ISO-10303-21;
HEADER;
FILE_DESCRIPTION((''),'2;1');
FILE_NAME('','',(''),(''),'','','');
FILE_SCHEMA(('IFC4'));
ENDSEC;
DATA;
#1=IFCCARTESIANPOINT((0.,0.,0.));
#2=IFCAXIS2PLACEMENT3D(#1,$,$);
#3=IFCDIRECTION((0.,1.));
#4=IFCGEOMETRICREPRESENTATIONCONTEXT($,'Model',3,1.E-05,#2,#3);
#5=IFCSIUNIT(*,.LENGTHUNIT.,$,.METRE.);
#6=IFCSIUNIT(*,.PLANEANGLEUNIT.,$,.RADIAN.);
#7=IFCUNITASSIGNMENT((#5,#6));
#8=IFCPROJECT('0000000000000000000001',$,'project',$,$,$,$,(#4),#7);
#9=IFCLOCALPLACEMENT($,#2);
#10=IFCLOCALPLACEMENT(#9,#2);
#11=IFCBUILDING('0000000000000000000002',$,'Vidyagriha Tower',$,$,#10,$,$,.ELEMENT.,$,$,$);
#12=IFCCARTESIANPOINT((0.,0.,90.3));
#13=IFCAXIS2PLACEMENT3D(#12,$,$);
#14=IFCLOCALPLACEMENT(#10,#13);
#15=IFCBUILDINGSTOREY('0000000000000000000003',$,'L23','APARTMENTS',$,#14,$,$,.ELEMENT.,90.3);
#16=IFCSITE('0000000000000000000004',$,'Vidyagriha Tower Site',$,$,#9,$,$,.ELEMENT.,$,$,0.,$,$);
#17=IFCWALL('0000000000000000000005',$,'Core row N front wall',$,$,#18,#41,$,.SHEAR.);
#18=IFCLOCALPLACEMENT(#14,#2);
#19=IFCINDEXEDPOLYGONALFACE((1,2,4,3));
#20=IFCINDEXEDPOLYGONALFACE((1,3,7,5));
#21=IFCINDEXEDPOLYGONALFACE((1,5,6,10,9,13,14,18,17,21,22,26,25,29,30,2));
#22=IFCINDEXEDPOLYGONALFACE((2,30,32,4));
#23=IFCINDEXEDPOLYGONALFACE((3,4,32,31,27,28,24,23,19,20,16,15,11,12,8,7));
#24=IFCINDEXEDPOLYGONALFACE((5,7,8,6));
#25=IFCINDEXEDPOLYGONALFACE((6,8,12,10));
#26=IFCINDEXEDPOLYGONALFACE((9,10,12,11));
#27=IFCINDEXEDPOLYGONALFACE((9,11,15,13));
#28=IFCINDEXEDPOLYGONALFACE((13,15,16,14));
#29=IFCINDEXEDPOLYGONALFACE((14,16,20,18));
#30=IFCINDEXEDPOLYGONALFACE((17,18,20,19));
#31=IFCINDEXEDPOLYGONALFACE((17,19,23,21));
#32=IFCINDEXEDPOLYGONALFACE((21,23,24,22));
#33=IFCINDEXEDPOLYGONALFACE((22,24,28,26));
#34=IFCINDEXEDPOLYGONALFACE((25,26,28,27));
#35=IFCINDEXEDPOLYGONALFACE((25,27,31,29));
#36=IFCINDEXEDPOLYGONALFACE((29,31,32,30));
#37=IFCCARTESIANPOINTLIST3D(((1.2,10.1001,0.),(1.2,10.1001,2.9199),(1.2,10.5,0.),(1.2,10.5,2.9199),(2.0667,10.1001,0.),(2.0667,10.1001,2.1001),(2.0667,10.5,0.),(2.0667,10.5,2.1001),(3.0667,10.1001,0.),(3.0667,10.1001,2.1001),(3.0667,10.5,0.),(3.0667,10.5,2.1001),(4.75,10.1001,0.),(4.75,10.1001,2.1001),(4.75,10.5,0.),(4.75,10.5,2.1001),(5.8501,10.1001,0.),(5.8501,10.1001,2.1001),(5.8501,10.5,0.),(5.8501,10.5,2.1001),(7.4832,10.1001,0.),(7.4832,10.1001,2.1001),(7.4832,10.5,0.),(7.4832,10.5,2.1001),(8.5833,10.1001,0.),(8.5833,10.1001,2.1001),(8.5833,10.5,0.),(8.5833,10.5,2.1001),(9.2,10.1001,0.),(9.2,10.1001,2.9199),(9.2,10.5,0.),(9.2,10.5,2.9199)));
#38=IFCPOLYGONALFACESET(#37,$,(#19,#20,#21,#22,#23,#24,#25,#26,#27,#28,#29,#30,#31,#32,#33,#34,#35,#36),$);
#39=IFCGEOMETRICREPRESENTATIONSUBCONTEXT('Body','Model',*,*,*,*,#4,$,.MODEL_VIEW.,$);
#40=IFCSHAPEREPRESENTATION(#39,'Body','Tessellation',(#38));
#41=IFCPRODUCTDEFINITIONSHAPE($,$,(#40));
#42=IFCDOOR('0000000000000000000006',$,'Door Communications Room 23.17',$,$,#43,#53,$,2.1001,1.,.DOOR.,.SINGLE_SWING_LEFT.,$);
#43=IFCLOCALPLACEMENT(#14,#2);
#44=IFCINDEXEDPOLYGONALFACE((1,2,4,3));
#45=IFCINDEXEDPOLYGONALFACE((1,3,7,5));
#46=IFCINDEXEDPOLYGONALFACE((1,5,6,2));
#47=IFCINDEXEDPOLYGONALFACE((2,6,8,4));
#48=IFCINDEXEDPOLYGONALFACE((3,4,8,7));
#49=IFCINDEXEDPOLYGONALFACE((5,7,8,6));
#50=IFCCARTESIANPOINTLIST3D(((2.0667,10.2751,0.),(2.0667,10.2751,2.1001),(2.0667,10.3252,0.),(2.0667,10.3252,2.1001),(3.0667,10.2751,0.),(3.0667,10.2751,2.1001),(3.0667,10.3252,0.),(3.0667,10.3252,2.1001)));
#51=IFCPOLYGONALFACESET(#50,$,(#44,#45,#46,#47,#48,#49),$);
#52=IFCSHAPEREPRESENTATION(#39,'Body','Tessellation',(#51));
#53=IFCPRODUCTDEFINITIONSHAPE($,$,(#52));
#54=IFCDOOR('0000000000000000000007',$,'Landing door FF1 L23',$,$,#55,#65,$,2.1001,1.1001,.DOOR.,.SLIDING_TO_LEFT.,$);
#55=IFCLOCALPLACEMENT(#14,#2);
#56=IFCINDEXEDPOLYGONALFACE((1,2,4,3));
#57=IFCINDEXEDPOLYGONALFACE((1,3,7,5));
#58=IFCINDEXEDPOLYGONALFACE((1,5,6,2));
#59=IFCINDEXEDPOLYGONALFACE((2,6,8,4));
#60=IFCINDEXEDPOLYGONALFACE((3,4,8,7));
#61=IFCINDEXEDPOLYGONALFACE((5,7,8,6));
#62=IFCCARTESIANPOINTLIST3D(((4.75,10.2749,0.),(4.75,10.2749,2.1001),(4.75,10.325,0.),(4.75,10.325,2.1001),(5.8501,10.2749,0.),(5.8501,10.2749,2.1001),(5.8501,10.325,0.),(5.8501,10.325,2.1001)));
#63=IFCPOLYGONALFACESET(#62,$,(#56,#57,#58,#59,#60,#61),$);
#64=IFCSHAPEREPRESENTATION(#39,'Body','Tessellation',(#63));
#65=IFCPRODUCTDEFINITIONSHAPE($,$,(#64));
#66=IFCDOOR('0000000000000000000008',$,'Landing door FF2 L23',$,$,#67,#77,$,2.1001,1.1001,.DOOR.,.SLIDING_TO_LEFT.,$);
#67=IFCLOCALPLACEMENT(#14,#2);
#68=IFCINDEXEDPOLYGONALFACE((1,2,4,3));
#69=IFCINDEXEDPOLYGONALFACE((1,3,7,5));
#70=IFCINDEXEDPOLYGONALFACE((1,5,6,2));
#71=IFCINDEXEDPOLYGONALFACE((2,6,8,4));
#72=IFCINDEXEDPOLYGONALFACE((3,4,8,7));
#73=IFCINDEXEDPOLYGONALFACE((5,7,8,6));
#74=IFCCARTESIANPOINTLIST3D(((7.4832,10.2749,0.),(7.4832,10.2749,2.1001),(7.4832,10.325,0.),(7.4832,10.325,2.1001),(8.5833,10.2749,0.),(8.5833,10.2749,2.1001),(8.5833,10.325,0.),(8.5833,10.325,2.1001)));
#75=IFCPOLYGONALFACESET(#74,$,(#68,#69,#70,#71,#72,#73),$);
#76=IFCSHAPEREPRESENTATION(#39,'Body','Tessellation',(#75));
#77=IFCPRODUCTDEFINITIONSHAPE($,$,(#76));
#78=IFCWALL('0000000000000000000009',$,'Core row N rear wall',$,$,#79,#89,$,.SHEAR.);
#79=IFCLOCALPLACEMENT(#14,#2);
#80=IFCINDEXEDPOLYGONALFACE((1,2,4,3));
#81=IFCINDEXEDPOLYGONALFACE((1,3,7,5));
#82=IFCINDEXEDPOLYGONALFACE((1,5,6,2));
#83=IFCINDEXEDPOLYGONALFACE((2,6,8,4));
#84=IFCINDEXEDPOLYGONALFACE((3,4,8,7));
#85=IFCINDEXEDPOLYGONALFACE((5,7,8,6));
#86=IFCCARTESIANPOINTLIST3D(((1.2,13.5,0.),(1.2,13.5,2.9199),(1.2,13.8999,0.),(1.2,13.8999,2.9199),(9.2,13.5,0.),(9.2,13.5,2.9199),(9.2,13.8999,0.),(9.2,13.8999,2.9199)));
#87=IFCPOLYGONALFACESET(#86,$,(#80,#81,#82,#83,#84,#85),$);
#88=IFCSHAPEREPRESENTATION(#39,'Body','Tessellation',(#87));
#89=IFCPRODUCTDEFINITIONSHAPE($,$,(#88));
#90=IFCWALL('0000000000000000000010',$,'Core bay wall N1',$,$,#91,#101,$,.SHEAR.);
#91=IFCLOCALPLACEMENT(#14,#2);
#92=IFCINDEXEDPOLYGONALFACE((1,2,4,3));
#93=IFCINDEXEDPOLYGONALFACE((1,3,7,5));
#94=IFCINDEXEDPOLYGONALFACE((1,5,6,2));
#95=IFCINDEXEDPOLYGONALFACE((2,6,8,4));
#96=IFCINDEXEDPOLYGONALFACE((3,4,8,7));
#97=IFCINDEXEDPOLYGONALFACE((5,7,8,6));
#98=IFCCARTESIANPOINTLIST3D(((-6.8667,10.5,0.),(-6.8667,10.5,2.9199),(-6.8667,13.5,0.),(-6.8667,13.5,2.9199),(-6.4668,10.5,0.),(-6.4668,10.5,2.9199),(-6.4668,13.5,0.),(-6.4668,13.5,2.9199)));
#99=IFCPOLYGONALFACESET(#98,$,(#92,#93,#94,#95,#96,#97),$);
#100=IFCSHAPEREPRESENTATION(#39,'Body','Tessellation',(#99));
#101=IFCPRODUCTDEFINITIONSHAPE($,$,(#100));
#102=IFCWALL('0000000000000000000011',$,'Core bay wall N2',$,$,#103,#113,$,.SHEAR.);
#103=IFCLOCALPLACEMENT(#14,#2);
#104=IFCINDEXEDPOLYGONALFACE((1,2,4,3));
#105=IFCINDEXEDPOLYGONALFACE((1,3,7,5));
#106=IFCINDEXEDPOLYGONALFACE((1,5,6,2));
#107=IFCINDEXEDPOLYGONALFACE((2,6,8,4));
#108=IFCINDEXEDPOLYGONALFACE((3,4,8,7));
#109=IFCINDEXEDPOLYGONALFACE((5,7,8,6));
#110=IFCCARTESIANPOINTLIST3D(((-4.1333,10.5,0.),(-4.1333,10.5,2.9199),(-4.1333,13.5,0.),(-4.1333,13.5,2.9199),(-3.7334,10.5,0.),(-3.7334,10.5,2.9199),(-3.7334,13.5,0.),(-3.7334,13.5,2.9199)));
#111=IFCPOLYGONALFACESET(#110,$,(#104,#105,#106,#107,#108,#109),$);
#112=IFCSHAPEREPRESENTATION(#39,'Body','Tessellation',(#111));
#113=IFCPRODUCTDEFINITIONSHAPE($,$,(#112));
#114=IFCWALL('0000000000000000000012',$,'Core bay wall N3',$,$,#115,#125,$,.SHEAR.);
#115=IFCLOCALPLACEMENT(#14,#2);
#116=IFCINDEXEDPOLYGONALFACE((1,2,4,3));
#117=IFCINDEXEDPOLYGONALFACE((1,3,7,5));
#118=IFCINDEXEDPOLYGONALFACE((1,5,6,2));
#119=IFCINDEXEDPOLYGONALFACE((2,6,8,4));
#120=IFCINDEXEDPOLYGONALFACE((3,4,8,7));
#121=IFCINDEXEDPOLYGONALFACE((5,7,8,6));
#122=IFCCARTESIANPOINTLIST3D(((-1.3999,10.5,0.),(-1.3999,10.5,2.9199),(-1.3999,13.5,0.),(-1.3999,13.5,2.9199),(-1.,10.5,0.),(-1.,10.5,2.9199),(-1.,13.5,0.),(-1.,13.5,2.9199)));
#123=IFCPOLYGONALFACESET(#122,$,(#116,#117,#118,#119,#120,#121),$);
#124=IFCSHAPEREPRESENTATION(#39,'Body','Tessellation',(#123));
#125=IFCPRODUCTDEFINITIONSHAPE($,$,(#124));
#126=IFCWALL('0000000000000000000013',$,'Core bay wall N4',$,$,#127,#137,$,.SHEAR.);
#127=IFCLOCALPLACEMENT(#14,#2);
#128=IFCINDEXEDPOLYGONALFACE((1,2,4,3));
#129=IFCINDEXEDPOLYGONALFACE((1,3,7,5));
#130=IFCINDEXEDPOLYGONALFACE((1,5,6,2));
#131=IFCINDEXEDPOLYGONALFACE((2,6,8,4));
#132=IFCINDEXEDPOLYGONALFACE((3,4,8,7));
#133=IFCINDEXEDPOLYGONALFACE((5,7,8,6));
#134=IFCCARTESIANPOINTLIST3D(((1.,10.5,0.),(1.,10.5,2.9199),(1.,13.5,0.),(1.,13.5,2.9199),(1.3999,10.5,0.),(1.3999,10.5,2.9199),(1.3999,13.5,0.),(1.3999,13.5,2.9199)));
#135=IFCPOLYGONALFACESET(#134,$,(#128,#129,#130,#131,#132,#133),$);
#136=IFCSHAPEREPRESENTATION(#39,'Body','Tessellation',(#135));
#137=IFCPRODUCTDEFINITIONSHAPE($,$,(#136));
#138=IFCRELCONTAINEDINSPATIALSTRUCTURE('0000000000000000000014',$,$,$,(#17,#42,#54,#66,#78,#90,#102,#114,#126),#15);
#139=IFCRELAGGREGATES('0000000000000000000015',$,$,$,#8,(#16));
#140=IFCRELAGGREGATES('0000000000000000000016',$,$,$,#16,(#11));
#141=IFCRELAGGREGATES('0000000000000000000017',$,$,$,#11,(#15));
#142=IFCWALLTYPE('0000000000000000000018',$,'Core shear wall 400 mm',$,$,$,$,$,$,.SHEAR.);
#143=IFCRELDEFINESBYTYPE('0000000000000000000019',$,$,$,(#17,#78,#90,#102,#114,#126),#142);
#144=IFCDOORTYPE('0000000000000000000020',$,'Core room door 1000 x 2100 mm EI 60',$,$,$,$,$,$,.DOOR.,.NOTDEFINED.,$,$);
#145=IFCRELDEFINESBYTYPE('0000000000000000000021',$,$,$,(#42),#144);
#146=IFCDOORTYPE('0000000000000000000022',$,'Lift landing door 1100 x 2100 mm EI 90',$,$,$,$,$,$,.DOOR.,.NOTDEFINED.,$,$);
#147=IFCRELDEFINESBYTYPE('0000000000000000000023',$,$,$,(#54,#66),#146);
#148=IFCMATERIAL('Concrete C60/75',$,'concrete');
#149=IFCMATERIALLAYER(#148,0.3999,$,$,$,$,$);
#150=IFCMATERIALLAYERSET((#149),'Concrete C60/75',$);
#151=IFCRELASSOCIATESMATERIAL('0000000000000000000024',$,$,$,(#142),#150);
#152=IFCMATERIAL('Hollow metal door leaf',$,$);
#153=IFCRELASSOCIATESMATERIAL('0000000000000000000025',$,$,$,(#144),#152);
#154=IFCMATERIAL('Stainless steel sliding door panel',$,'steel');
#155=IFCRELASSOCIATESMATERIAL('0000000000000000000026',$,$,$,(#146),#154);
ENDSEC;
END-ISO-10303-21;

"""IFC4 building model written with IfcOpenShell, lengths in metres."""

from ifc_helpers import new_model, si_unit, direction, frame, frame_2d, origin, place, context, subcontext, project, spatial, rectangle, extrude, material, layer, layer_set, type_object, element, fill, save


model = new_model("IFC4")

# Units and contexts
model_context = context("Model", 3, precision=1e-05, world=origin(), true_north=direction((0.0, 1.0)))
body_context = subcontext(model_context, "Body", "Model", "MODEL_VIEW")
ifc_project = project(units=[si_unit("LENGTHUNIT", "METRE"), si_unit("PLANEANGLEUNIT", "RADIAN")], contexts=[model_context])

# Site, building, storey
site_placement = place(None, origin())
site = spatial("IfcSite", under=ifc_project, at=site_placement, Name="Vidyagriha Tower Site", CompositionType="ELEMENT", RefElevation=0.0)
building_placement = place(site_placement, origin())
building = spatial("IfcBuilding", under=site, at=building_placement, Name="Vidyagriha Tower", CompositionType="ELEMENT")
storey_placement = place(building_placement, frame((0.0, 0.0, 90.3)))
storey = spatial("IfcBuildingStorey", under=building, at=storey_placement, Name="L23", Description="APARTMENTS", CompositionType="ELEMENT", Elevation=90.3)

# Shared definitions
ifc_material_1 = material(Name="Concrete C60/75", Category="concrete")
ifc_layer_1 = layer(ifc_material_1, 0.3999)
ifc_layer_set_1 = layer_set([ifc_layer_1], Name="Concrete C60/75")
wall_type_1 = type_object("IfcWallType", Name="Core shear wall 400 mm", PredefinedType="SHEAR", material=ifc_layer_set_1)
ifc_material_2 = material(Name="Hollow metal door leaf")
door_type_1 = type_object("IfcDoorType", Name="Core room door 1000 x 2100 mm EI 60", OperationType="NOTDEFINED", PredefinedType="DOOR", material=ifc_material_2)

# Wall, openings, doors
wall_1_placement = place(storey_placement, frame((1.2, 10.3, 0.0)))
wall_1 = element("IfcWall", 1, at=wall_1_placement, inside=storey, type_object=wall_type_1, Name="Core row N front wall", PredefinedType="SHEAR", context=body_context, shape_type="SweptSolid", body=[
    extrude(rectangle(XDim=8.0, YDim=0.3999, at=frame_2d((4.0, 0.0))), origin(), (0.0, 0.0, 1.0), 2.9199),
])
opening_1_placement = place(wall_1_placement, frame((3.55, 0.0, 0.0)))
opening_1 = element("IfcOpeningElement", 2, at=opening_1_placement, cuts=wall_1, PredefinedType="OPENING", context=body_context, shape_type="SweptSolid", body=[
    extrude(rectangle(XDim=1.1001, YDim=2.1001, at=frame_2d((0.55, 1.05))), frame((0.0, 0.21, 0.0), z_axis=(0.0, -1.0, 0.0), x_axis=(1.0, 0.0, 0.0)), (0.0, 0.0, 1.0), 0.4199),
])
opening_2_placement = place(wall_1_placement, frame((6.2832, 0.0, 0.0)))
opening_2 = element("IfcOpeningElement", 3, at=opening_2_placement, cuts=wall_1, PredefinedType="OPENING", context=body_context, shape_type="SweptSolid", body=[
    extrude(rectangle(XDim=1.1001, YDim=2.1001, at=frame_2d((0.55, 1.05))), frame((0.0, 0.21, 0.0), z_axis=(0.0, -1.0, 0.0), x_axis=(1.0, 0.0, 0.0)), (0.0, 0.0, 1.0), 0.4199),
])
opening_3_placement = place(wall_1_placement, frame((0.8667, 0.0, 0.0)))
opening_3 = element("IfcOpeningElement", 4, at=opening_3_placement, cuts=wall_1, PredefinedType="OPENING", context=body_context, shape_type="SweptSolid", body=[
    extrude(rectangle(XDim=1.0, YDim=2.1001, at=frame_2d((0.5, 1.05))), frame((0.0, 0.21, 0.0), z_axis=(0.0, -1.0, 0.0), x_axis=(1.0, 0.0, 0.0)), (0.0, 0.0, 1.0), 0.4199),
])
door_1_placement = place(opening_3_placement, frame((1.0, 0.0, 0.0), z_axis=(0.0, 0.0, 1.0), x_axis=(-1.0, 0.0, 0.0)))
door_1 = element("IfcDoor", 5, at=door_1_placement, inside=storey, type_object=door_type_1, Name="Door Communications Room 23.17", OperationType="SINGLE_SWING_LEFT", OverallHeight=2.1001, OverallWidth=1.0, PredefinedType="DOOR", context=body_context, shape_type="SweptSolid", body=[
    extrude(rectangle(XDim=1.0, YDim=2.1001, at=frame_2d((0.5, 1.05))), frame((0.0, 0.0249, 0.0), z_axis=(0.0, -1.0, 0.0), x_axis=(1.0, 0.0, 0.0)), (0.0, 0.0, 1.0), 0.05),
])
fill(opening_3, door_1)
ifc_material_3 = material(Name="Stainless steel sliding door panel", Category="steel")
door_type_2 = type_object("IfcDoorType", Name="Lift landing door 1100 x 2100 mm EI 90", OperationType="NOTDEFINED", PredefinedType="DOOR", material=ifc_material_3)
door_2_placement = place(opening_1_placement, origin())
door_2 = element("IfcDoor", 6, at=door_2_placement, inside=storey, type_object=door_type_2, Name="Landing door FF1 L23", OperationType="SLIDING_TO_LEFT", OverallHeight=2.1001, OverallWidth=1.1001, PredefinedType="DOOR", context=body_context, shape_type="SweptSolid", body=[
    extrude(rectangle(XDim=1.1001, YDim=2.1001, at=frame_2d((0.55, 1.05))), frame((0.0, 0.0249, 0.0), z_axis=(0.0, -1.0, 0.0), x_axis=(1.0, 0.0, 0.0)), (0.0, 0.0, 1.0), 0.05),
])
fill(opening_1, door_2)
door_3_placement = place(opening_2_placement, origin())
door_3 = element("IfcDoor", 7, at=door_3_placement, inside=storey, type_object=door_type_2, Name="Landing door FF2 L23", OperationType="SLIDING_TO_LEFT", OverallHeight=2.1001, OverallWidth=1.1001, PredefinedType="DOOR", context=body_context, shape_type="SweptSolid", body=[
    extrude(rectangle(XDim=1.1001, YDim=2.1001, at=frame_2d((0.55, 1.05))), frame((0.0, 0.0249, 0.0), z_axis=(0.0, -1.0, 0.0), x_axis=(1.0, 0.0, 0.0)), (0.0, 0.0, 1.0), 0.05),
])
fill(opening_2, door_3)

# Walls
wall_2_placement = place(storey_placement, frame((1.2, 13.7, 0.0)))
element("IfcWall", 8, at=wall_2_placement, inside=storey, type_object=wall_type_1, Name="Core row N rear wall", PredefinedType="SHEAR", context=body_context, shape_type="SweptSolid", body=[
    extrude(rectangle(XDim=8.0, YDim=0.3999, at=frame_2d((4.0, 0.0))), origin(), (0.0, 0.0, 1.0), 2.9199),
])
for number, where, z_axis, x_axis, name in (
    (9, (-6.6667, 10.5, 0.0), (0.0, 0.0, 1.0), (0.0, 1.0, 0.0), "Core bay wall N1"),
    (10, (-3.9333, 10.5, 0.0), (0.0, 0.0, 1.0), (0.0, 1.0, 0.0), "Core bay wall N2"),
    (11, (-1.2, 10.5, 0.0), (0.0, 0.0, 1.0), (0.0, 1.0, 0.0), "Core bay wall N3"),
    (12, (1.2, 10.5, 0.0), (0.0, 0.0, 1.0), (0.0, 1.0, 0.0), "Core bay wall N4"),
):
    element("IfcWall", number, at=place(storey_placement, frame(where, z_axis=z_axis, x_axis=x_axis)), inside=storey, type_object=wall_type_1, Name=name, PredefinedType="SHEAR", context=body_context, shape_type="SweptSolid", body=[
        extrude(rectangle(XDim=3.0, YDim=0.3999, at=frame_2d((1.5, 0.0))), origin(), (0.0, 0.0, 1.0), 2.9199),
    ])

save(model, "model.ifc")
